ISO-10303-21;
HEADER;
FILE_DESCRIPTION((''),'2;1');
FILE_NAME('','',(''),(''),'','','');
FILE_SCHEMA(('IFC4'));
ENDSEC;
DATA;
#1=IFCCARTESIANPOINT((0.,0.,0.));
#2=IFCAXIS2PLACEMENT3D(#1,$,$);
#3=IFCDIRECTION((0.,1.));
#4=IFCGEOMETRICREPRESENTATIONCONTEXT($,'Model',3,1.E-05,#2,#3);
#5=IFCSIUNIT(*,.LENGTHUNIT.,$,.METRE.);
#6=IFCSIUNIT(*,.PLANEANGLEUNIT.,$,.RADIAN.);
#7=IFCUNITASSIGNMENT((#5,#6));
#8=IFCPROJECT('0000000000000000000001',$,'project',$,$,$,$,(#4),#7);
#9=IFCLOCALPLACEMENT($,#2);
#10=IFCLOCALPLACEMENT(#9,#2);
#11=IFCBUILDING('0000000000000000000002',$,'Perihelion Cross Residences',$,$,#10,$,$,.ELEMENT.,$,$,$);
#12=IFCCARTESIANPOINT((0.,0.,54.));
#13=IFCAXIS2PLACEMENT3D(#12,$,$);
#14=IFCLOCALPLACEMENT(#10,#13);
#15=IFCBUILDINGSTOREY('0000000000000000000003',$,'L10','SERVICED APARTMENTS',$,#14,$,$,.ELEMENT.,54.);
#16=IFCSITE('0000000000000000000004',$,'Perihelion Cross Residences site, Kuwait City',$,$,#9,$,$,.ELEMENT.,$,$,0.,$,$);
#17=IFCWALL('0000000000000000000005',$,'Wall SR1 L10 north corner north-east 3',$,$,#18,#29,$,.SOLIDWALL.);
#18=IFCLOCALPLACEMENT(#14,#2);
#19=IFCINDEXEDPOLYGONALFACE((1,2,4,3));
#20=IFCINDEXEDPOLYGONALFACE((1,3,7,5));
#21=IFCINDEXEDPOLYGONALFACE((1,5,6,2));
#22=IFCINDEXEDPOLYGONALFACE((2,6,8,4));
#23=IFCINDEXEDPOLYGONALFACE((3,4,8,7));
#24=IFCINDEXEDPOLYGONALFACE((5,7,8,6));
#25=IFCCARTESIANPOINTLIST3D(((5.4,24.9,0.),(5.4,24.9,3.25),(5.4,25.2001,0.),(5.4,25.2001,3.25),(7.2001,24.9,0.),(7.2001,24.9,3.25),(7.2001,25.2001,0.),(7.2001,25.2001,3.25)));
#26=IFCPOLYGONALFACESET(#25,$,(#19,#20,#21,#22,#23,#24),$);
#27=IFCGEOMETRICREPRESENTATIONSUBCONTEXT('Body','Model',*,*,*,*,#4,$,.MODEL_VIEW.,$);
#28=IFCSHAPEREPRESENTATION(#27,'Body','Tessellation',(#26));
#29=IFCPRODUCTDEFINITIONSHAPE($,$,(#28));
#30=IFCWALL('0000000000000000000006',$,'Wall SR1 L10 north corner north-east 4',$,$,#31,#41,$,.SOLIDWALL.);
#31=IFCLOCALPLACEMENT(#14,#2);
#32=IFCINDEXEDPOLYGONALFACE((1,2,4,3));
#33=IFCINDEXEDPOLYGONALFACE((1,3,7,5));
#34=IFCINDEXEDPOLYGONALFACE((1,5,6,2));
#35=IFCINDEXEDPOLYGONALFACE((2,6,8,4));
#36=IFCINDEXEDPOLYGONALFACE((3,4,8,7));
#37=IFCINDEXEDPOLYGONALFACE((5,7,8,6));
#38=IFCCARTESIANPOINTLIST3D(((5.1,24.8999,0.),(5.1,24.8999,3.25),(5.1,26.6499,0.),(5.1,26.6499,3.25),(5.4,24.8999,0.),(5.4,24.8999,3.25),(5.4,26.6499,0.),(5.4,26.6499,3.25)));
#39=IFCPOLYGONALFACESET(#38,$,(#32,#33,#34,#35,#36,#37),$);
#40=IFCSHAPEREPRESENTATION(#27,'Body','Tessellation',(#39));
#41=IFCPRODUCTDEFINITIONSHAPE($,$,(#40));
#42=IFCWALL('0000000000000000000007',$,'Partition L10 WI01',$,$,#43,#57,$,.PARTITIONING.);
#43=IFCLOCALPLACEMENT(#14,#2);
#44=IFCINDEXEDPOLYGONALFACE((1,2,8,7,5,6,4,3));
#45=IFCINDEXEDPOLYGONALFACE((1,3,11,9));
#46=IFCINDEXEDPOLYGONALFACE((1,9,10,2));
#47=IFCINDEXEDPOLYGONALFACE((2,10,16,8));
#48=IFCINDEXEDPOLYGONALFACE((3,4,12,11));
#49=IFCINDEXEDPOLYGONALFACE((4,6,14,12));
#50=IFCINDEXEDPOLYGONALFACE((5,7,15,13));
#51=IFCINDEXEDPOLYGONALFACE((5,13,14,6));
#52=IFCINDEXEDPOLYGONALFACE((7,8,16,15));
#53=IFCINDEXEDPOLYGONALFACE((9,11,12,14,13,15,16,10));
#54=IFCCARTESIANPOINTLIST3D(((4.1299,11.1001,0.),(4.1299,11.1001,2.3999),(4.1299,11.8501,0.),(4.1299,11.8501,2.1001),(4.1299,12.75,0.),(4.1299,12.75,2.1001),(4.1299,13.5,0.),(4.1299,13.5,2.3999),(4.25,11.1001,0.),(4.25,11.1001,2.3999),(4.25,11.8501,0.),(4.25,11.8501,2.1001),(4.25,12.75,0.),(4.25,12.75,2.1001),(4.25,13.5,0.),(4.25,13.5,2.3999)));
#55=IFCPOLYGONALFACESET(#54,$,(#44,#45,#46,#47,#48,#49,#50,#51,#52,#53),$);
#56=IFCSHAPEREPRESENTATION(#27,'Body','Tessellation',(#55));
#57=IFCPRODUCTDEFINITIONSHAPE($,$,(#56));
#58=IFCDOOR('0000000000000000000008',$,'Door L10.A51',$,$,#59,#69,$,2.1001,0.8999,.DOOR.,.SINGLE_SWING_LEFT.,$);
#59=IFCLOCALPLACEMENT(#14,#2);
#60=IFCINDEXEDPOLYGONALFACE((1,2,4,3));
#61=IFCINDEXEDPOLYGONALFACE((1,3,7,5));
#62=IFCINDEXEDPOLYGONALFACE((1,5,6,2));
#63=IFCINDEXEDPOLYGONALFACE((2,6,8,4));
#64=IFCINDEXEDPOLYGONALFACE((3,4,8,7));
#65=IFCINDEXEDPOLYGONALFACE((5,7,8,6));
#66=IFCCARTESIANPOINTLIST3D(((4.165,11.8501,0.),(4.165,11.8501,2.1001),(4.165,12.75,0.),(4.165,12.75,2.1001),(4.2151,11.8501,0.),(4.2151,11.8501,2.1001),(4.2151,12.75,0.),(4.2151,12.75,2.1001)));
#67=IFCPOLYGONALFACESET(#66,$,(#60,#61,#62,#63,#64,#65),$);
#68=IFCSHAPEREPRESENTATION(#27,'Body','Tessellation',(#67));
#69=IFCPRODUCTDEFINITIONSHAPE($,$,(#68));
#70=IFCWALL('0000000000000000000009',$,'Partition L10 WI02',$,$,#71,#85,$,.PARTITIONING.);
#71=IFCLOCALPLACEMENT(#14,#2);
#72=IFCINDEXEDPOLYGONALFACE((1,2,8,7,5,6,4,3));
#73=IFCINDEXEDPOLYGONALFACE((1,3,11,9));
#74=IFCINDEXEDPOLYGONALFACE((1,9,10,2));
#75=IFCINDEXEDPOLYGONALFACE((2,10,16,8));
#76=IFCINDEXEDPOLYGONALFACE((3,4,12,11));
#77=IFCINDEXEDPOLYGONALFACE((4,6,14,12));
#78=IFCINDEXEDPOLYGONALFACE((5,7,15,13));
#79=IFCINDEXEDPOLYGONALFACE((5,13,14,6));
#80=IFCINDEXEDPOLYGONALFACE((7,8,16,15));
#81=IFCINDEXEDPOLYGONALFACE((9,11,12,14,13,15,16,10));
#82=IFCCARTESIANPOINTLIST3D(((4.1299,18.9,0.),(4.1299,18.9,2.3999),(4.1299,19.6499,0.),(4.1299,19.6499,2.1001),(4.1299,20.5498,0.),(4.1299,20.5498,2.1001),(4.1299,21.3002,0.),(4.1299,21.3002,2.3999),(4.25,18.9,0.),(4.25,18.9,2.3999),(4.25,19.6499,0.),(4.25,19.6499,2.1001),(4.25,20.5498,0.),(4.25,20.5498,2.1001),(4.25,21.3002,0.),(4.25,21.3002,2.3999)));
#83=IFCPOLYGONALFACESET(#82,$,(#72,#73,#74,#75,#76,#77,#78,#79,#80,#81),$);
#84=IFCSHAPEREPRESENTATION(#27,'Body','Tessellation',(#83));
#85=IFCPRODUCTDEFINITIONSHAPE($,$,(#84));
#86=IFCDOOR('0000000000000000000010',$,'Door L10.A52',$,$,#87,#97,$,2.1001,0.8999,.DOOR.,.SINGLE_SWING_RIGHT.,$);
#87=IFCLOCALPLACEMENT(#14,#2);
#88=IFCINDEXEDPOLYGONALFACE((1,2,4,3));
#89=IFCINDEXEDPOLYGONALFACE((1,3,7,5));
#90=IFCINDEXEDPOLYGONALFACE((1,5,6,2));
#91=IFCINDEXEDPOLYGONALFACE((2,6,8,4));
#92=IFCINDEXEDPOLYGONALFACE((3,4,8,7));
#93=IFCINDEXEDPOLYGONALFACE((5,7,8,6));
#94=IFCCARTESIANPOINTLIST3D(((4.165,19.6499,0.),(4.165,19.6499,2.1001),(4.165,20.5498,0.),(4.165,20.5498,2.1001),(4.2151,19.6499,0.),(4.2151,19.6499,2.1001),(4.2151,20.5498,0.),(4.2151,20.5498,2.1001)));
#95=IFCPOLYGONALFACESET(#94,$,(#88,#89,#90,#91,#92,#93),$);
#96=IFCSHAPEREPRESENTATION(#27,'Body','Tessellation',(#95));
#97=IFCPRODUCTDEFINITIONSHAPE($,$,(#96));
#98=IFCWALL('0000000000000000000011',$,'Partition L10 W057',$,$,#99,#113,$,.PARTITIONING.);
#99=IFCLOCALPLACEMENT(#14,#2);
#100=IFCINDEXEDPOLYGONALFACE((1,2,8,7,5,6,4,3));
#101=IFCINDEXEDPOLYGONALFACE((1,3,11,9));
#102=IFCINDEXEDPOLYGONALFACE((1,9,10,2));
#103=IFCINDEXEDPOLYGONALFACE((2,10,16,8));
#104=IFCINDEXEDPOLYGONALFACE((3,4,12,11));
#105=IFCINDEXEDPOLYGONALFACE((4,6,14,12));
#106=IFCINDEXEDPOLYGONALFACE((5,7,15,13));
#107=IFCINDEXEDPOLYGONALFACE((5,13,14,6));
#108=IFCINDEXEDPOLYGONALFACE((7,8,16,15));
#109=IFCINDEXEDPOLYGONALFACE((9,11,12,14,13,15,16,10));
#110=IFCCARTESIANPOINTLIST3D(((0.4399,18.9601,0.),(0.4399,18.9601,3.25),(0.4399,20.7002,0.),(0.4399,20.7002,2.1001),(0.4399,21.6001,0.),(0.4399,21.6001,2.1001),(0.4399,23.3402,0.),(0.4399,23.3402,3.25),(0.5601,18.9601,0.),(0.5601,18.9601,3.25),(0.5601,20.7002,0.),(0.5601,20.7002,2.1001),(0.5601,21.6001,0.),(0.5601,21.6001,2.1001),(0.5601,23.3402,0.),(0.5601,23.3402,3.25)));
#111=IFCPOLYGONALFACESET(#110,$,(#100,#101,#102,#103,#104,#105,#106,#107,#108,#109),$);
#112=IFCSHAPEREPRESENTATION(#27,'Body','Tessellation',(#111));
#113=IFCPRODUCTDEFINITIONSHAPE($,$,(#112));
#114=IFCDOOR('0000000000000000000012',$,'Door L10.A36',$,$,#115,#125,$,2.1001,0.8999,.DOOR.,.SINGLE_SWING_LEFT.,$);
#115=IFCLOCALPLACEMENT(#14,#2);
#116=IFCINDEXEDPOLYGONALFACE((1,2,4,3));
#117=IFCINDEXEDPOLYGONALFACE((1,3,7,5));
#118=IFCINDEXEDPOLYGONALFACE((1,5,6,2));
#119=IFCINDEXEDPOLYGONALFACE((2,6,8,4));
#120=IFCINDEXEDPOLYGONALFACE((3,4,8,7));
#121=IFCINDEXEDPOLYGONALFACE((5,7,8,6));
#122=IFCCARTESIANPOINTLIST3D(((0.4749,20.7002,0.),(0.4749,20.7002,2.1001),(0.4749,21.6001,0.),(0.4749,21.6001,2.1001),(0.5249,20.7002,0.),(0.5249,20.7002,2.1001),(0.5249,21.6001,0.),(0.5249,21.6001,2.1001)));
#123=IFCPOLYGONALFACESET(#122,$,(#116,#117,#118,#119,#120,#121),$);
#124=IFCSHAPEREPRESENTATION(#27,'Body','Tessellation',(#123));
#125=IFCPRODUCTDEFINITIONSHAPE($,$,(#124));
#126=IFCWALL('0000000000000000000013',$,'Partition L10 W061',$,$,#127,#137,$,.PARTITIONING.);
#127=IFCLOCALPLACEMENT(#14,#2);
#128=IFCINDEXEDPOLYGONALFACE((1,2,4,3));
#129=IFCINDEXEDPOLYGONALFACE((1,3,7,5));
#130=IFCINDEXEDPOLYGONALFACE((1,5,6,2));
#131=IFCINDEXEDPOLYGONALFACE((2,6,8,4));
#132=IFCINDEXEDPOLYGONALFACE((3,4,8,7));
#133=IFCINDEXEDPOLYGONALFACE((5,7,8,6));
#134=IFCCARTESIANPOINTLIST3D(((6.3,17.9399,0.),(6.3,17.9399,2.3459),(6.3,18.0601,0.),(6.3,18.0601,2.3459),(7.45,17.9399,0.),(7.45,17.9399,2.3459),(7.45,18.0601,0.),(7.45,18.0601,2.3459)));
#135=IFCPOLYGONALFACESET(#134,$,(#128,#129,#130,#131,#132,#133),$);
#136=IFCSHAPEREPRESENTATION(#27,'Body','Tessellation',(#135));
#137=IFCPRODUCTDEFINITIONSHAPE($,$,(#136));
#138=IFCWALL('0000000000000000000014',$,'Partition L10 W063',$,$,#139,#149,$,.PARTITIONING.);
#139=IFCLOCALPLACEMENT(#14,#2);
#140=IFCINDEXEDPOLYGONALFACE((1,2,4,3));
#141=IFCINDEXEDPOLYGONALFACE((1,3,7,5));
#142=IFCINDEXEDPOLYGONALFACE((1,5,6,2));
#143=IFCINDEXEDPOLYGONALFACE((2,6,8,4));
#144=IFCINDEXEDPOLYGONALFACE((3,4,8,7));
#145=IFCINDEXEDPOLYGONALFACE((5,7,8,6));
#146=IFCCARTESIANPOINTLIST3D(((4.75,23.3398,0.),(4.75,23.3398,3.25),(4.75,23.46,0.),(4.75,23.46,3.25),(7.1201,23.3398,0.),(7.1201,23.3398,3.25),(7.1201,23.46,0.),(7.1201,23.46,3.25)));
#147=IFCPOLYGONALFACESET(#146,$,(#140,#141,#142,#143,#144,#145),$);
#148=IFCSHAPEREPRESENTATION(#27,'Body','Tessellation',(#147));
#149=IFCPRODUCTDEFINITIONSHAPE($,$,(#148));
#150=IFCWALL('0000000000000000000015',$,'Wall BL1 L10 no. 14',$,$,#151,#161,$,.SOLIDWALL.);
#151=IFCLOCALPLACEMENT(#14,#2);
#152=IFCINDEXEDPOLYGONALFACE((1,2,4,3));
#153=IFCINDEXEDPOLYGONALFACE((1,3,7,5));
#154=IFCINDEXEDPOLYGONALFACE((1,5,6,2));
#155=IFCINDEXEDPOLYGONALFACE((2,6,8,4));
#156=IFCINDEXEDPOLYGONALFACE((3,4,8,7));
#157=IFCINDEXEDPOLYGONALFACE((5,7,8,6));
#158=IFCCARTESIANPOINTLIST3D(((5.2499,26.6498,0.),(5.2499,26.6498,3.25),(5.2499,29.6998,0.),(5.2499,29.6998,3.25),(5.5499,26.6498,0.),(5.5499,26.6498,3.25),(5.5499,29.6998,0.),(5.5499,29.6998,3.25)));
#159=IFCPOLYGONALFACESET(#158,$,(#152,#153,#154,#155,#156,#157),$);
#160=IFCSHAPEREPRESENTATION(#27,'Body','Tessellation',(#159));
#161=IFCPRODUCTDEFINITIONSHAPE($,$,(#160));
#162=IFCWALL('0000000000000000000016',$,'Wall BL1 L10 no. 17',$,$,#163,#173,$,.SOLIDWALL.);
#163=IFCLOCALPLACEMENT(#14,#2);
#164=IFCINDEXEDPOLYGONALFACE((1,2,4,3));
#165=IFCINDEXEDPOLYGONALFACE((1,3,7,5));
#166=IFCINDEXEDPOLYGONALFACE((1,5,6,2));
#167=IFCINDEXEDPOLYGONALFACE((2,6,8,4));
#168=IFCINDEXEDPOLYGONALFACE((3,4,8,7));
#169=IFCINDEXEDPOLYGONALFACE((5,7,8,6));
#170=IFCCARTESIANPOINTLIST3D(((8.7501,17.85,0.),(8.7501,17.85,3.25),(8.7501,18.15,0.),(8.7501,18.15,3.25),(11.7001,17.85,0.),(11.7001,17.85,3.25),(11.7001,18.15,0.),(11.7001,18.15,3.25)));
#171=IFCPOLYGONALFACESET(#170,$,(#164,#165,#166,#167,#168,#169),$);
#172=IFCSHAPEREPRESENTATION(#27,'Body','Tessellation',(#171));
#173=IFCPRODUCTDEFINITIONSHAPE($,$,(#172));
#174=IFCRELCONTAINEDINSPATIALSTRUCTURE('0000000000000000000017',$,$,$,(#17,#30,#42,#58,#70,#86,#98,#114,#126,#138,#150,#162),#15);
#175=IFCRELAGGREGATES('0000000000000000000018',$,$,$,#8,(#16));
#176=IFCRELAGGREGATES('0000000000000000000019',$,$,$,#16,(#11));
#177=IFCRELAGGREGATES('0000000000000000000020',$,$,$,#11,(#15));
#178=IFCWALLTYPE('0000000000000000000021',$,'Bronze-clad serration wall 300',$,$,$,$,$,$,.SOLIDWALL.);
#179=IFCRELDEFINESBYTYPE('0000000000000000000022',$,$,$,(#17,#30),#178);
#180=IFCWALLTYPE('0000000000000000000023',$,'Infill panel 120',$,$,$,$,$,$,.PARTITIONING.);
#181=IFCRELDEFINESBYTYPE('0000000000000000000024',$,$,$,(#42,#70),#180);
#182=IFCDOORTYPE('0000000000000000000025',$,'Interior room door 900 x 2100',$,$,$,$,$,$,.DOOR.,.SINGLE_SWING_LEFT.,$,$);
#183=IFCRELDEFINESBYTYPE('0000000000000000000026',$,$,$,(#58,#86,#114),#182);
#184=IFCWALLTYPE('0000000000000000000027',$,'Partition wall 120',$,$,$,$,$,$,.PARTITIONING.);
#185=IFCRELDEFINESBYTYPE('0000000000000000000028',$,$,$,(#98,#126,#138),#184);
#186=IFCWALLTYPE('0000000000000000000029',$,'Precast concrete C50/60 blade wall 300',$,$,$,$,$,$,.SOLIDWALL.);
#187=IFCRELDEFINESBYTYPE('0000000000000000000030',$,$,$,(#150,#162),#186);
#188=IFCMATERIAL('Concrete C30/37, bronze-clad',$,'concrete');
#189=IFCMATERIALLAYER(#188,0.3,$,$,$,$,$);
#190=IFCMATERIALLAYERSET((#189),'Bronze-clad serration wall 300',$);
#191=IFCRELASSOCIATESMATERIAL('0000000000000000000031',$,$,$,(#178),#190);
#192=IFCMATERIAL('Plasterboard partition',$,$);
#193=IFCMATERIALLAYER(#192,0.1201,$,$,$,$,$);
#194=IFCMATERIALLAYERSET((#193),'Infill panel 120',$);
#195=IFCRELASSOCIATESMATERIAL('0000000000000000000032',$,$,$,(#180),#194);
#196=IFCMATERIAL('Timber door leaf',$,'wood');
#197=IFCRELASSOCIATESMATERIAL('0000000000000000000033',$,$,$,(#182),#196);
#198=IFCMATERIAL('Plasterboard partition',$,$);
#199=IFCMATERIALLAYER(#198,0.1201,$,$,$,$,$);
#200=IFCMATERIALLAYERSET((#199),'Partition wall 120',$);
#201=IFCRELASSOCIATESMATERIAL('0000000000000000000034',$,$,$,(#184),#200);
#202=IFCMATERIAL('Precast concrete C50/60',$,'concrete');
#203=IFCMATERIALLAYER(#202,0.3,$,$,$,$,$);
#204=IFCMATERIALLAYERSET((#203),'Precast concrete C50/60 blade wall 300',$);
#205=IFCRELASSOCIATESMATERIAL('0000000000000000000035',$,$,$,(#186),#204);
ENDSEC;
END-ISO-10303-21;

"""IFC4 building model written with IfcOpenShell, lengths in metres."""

from ifc_helpers import new_model, si_unit, direction, frame, frame_2d, origin, place, context, subcontext, project, spatial, rectangle, extrude, material, layer, layer_set, type_object, element, fill, save


model = new_model("IFC4")

# Units and contexts
model_context = context("Model", 3, precision=1e-05, world=origin(), true_north=direction((0.0, 1.0)))
body_context = subcontext(model_context, "Body", "Model", "MODEL_VIEW")
ifc_project = project(units=[si_unit("LENGTHUNIT", "METRE"), si_unit("PLANEANGLEUNIT", "RADIAN")], contexts=[model_context])

# Site, building, storey
site_placement = place(None, origin())
site = spatial("IfcSite", under=ifc_project, at=site_placement, Name="Perihelion Cross Residences site, Kuwait City", CompositionType="ELEMENT", RefElevation=0.0)
building_placement = place(site_placement, origin())
building = spatial("IfcBuilding", under=site, at=building_placement, Name="Perihelion Cross Residences", CompositionType="ELEMENT")
storey_placement = place(building_placement, frame((0.0, 0.0, 54.0)))
storey = spatial("IfcBuildingStorey", under=building, at=storey_placement, Name="L10", Description="SERVICED APARTMENTS", CompositionType="ELEMENT", Elevation=54.0)

# Walls
ifc_material_1 = material(Name="Concrete C30/37, bronze-clad", Category="concrete")
ifc_layer_1 = layer(ifc_material_1, 0.3)
ifc_layer_set_1 = layer_set([ifc_layer_1], Name="Bronze-clad serration wall 300")
wall_type_1 = type_object("IfcWallType", Name="Bronze-clad serration wall 300", PredefinedType="SOLIDWALL", material=ifc_layer_set_1)
wall_1_placement = place(storey_placement, frame((7.2, 25.05, 0.0), z_axis=(0.0, 0.0, 1.0), x_axis=(-1.0, 0.0, 0.0)))
element("IfcWall", 1, at=wall_1_placement, inside=storey, type_object=wall_type_1, Name="Wall SR1 L10 north corner north-east 3", PredefinedType="SOLIDWALL", context=body_context, shape_type="SweptSolid", body=[
    extrude(rectangle(XDim=1.8, YDim=0.3, at=frame_2d((0.8999, 0.0))), origin(), (0.0, 0.0, 1.0), 3.25),
])
wall_2_placement = place(storey_placement, frame((5.25, 24.8999, 0.0), z_axis=(0.0, 0.0, 1.0), x_axis=(0.0, 1.0, 0.0)))
element("IfcWall", 2, at=wall_2_placement, inside=storey, type_object=wall_type_1, Name="Wall SR1 L10 north corner north-east 4", PredefinedType="SOLIDWALL", context=body_context, shape_type="SweptSolid", body=[
    extrude(rectangle(XDim=1.75, YDim=0.3, at=frame_2d((0.875, 0.0))), origin(), (0.0, 0.0, 1.0), 3.25),
])

# Walls, openings, doors
ifc_material_2 = material(Name="Plasterboard partition")
ifc_layer_2 = layer(ifc_material_2, 0.1201)
ifc_layer_set_2 = layer_set([ifc_layer_2], Name="Infill panel 120")
wall_type_2 = type_object("IfcWallType", Name="Infill panel 120", PredefinedType="PARTITIONING", material=ifc_layer_set_2)
wall_3_placement = place(storey_placement, frame((4.1899, 11.1001, 0.0), z_axis=(0.0, 0.0, 1.0), x_axis=(0.0, 1.0, 0.0)))
wall_3 = element("IfcWall", 3, at=wall_3_placement, inside=storey, type_object=wall_type_2, Name="Partition L10 WI01", PredefinedType="PARTITIONING", context=body_context, shape_type="SweptSolid", body=[
    extrude(rectangle(XDim=2.3999, YDim=0.1201, at=frame_2d((1.2, 0.0))), origin(), (0.0, 0.0, 1.0), 2.3999),
])
opening_1_placement = place(wall_3_placement, frame((0.75, 0.0, 0.0)))
opening_1 = element("IfcOpeningElement", 4, at=opening_1_placement, cuts=wall_3, PredefinedType="OPENING", context=body_context, shape_type="SweptSolid", body=[
    extrude(rectangle(XDim=0.8999, YDim=2.1001, at=frame_2d((0.45, 1.05))), frame((0.0, 0.0701, 0.0), z_axis=(0.0, -1.0, 0.0), x_axis=(1.0, 0.0, 0.0)), (0.0, 0.0, 1.0), 0.1401),
])
ifc_material_3 = material(Name="Timber door leaf", Category="wood")
door_type_1 = type_object("IfcDoorType", Name="Interior room door 900 x 2100", OperationType="SINGLE_SWING_LEFT", PredefinedType="DOOR", material=ifc_material_3)
door_1_placement = place(opening_1_placement, origin())
door_1 = element("IfcDoor", 5, at=door_1_placement, inside=storey, type_object=door_type_1, Name="Door L10.A51", OperationType="SINGLE_SWING_LEFT", OverallHeight=2.1001, OverallWidth=0.8999, PredefinedType="DOOR", context=body_context, shape_type="SweptSolid", body=[
    extrude(rectangle(XDim=0.8999, YDim=2.1001, at=frame_2d((0.45, 1.05))), frame((0.0, 0.0249, 0.0), z_axis=(0.0, -1.0, 0.0), x_axis=(1.0, 0.0, 0.0)), (0.0, 0.0, 1.0), 0.05),
])
fill(opening_1, door_1)
wall_4_placement = place(storey_placement, frame((4.1899, 18.8999, 0.0), z_axis=(0.0, 0.0, 1.0), x_axis=(0.0, 1.0, 0.0)))
wall_4 = element("IfcWall", 6, at=wall_4_placement, inside=storey, type_object=wall_type_2, Name="Partition L10 WI02", PredefinedType="PARTITIONING", context=body_context, shape_type="SweptSolid", body=[
    extrude(rectangle(XDim=2.4001, YDim=0.1201, at=frame_2d((1.2002, 0.0))), origin(), (0.0, 0.0, 1.0), 2.3999),
])
opening_2_placement = place(wall_4_placement, frame((0.75, 0.0, 0.0)))
opening_2 = element("IfcOpeningElement", 7, at=opening_2_placement, cuts=wall_4, PredefinedType="OPENING", context=body_context, shape_type="SweptSolid", body=[
    extrude(rectangle(XDim=0.8999, YDim=2.1001, at=frame_2d((0.45, 1.05))), frame((0.0, 0.0701, 0.0), z_axis=(0.0, -1.0, 0.0), x_axis=(1.0, 0.0, 0.0)), (0.0, 0.0, 1.0), 0.1401),
])
door_2_placement = place(opening_2_placement, origin())
door_2 = element("IfcDoor", 8, at=door_2_placement, inside=storey, type_object=door_type_1, Name="Door L10.A52", OperationType="SINGLE_SWING_RIGHT", OverallHeight=2.1001, OverallWidth=0.8999, PredefinedType="DOOR", context=body_context, shape_type="SweptSolid", body=[
    extrude(rectangle(XDim=0.8999, YDim=2.1001, at=frame_2d((0.45, 1.05))), frame((0.0, 0.0249, 0.0), z_axis=(0.0, -1.0, 0.0), x_axis=(1.0, 0.0, 0.0)), (0.0, 0.0, 1.0), 0.05),
])
fill(opening_2, door_2)
ifc_material_4 = material(Name="Plasterboard partition")
ifc_layer_3 = layer(ifc_material_4, 0.1201)
ifc_layer_set_3 = layer_set([ifc_layer_3], Name="Partition wall 120")
wall_type_3 = type_object("IfcWallType", Name="Partition wall 120", PredefinedType="PARTITIONING", material=ifc_layer_set_3)
wall_5_placement = place(storey_placement, frame((0.5, 23.3401, 0.0), z_axis=(0.0, 0.0, 1.0), x_axis=(0.0, -1.0, 0.0)))
wall_5 = element("IfcWall", 9, at=wall_5_placement, inside=storey, type_object=wall_type_3, Name="Partition L10 W057", PredefinedType="PARTITIONING", context=body_context, shape_type="SweptSolid", body=[
    extrude(rectangle(XDim=4.3801, YDim=0.1201, at=frame_2d((2.1899, 0.0))), origin(), (0.0, 0.0, 1.0), 3.25),
])
opening_3_placement = place(wall_5_placement, frame((1.74, 0.0, 0.0)))
opening_3 = element("IfcOpeningElement", 10, at=opening_3_placement, cuts=wall_5, PredefinedType="OPENING", context=body_context, shape_type="SweptSolid", body=[
    extrude(rectangle(XDim=0.8999, YDim=2.1001, at=frame_2d((0.45, 1.05))), frame((0.0, 0.0701, 0.0), z_axis=(0.0, -1.0, 0.0), x_axis=(1.0, 0.0, 0.0)), (0.0, 0.0, 1.0), 0.1401),
])
door_3_placement = place(opening_3_placement, origin())
door_3 = element("IfcDoor", 11, at=door_3_placement, inside=storey, type_object=door_type_1, Name="Door L10.A36", OperationType="SINGLE_SWING_LEFT", OverallHeight=2.1001, OverallWidth=0.8999, PredefinedType="DOOR", context=body_context, shape_type="SweptSolid", body=[
    extrude(rectangle(XDim=0.8999, YDim=2.1001, at=frame_2d((0.45, 1.05))), frame((0.0, 0.0249, 0.0), z_axis=(0.0, -1.0, 0.0), x_axis=(1.0, 0.0, 0.0)), (0.0, 0.0, 1.0), 0.05),
])
fill(opening_3, door_3)

# Walls
wall_6_placement = place(storey_placement, frame((6.3, 18.0, 0.0), z_axis=(0.0, 0.0, 1.0), x_axis=(1.0, 0.0, 0.0)))
element("IfcWall", 12, at=wall_6_placement, inside=storey, type_object=wall_type_3, Name="Partition L10 W061", PredefinedType="PARTITIONING", context=body_context, shape_type="SweptSolid", body=[
    extrude(rectangle(XDim=1.1499, YDim=0.1201, at=frame_2d((0.575, 0.0))), origin(), (0.0, 0.0, 1.0), 2.3459),
])
wall_7_placement = place(storey_placement, frame((4.75, 23.3999, 0.0), z_axis=(0.0, 0.0, 1.0), x_axis=(1.0, 0.0, 0.0)))
element("IfcWall", 13, at=wall_7_placement, inside=storey, type_object=wall_type_3, Name="Partition L10 W063", PredefinedType="PARTITIONING", context=body_context, shape_type="SweptSolid", body=[
    extrude(rectangle(XDim=2.3701, YDim=0.1201, at=frame_2d((1.1851, 0.0))), origin(), (0.0, 0.0, 1.0), 3.25),
])
ifc_material_5 = material(Name="Precast concrete C50/60", Category="concrete")
ifc_layer_4 = layer(ifc_material_5, 0.3)
ifc_layer_set_4 = layer_set([ifc_layer_4], Name="Precast concrete C50/60 blade wall 300")
wall_type_4 = type_object("IfcWallType", Name="Precast concrete C50/60 blade wall 300", PredefinedType="SOLIDWALL", material=ifc_layer_set_4)
wall_8_placement = place(storey_placement, frame((5.3999, 26.6499, 0.0), z_axis=(0.0, 0.0, 1.0), x_axis=(0.0, 1.0, 0.0)))
element("IfcWall", 14, at=wall_8_placement, inside=storey, type_object=wall_type_4, Name="Wall BL1 L10 no. 14", PredefinedType="SOLIDWALL", context=body_context, shape_type="SweptSolid", body=[
    extrude(rectangle(XDim=3.05, YDim=0.3, at=frame_2d((1.5249, 0.0))), origin(), (0.0, 0.0, 1.0), 3.25),
])
wall_9_placement = place(storey_placement, frame((8.75, 18.0, 0.0), z_axis=(0.0, 0.0, 1.0), x_axis=(1.0, 0.0, 0.0)))
element("IfcWall", 15, at=wall_9_placement, inside=storey, type_object=wall_type_4, Name="Wall BL1 L10 no. 17", PredefinedType="SOLIDWALL", context=body_context, shape_type="SweptSolid", body=[
    extrude(rectangle(XDim=2.95, YDim=0.3, at=frame_2d((1.4751, 0.0))), origin(), (0.0, 0.0, 1.0), 3.25),
])

save(model, "model.ifc")
